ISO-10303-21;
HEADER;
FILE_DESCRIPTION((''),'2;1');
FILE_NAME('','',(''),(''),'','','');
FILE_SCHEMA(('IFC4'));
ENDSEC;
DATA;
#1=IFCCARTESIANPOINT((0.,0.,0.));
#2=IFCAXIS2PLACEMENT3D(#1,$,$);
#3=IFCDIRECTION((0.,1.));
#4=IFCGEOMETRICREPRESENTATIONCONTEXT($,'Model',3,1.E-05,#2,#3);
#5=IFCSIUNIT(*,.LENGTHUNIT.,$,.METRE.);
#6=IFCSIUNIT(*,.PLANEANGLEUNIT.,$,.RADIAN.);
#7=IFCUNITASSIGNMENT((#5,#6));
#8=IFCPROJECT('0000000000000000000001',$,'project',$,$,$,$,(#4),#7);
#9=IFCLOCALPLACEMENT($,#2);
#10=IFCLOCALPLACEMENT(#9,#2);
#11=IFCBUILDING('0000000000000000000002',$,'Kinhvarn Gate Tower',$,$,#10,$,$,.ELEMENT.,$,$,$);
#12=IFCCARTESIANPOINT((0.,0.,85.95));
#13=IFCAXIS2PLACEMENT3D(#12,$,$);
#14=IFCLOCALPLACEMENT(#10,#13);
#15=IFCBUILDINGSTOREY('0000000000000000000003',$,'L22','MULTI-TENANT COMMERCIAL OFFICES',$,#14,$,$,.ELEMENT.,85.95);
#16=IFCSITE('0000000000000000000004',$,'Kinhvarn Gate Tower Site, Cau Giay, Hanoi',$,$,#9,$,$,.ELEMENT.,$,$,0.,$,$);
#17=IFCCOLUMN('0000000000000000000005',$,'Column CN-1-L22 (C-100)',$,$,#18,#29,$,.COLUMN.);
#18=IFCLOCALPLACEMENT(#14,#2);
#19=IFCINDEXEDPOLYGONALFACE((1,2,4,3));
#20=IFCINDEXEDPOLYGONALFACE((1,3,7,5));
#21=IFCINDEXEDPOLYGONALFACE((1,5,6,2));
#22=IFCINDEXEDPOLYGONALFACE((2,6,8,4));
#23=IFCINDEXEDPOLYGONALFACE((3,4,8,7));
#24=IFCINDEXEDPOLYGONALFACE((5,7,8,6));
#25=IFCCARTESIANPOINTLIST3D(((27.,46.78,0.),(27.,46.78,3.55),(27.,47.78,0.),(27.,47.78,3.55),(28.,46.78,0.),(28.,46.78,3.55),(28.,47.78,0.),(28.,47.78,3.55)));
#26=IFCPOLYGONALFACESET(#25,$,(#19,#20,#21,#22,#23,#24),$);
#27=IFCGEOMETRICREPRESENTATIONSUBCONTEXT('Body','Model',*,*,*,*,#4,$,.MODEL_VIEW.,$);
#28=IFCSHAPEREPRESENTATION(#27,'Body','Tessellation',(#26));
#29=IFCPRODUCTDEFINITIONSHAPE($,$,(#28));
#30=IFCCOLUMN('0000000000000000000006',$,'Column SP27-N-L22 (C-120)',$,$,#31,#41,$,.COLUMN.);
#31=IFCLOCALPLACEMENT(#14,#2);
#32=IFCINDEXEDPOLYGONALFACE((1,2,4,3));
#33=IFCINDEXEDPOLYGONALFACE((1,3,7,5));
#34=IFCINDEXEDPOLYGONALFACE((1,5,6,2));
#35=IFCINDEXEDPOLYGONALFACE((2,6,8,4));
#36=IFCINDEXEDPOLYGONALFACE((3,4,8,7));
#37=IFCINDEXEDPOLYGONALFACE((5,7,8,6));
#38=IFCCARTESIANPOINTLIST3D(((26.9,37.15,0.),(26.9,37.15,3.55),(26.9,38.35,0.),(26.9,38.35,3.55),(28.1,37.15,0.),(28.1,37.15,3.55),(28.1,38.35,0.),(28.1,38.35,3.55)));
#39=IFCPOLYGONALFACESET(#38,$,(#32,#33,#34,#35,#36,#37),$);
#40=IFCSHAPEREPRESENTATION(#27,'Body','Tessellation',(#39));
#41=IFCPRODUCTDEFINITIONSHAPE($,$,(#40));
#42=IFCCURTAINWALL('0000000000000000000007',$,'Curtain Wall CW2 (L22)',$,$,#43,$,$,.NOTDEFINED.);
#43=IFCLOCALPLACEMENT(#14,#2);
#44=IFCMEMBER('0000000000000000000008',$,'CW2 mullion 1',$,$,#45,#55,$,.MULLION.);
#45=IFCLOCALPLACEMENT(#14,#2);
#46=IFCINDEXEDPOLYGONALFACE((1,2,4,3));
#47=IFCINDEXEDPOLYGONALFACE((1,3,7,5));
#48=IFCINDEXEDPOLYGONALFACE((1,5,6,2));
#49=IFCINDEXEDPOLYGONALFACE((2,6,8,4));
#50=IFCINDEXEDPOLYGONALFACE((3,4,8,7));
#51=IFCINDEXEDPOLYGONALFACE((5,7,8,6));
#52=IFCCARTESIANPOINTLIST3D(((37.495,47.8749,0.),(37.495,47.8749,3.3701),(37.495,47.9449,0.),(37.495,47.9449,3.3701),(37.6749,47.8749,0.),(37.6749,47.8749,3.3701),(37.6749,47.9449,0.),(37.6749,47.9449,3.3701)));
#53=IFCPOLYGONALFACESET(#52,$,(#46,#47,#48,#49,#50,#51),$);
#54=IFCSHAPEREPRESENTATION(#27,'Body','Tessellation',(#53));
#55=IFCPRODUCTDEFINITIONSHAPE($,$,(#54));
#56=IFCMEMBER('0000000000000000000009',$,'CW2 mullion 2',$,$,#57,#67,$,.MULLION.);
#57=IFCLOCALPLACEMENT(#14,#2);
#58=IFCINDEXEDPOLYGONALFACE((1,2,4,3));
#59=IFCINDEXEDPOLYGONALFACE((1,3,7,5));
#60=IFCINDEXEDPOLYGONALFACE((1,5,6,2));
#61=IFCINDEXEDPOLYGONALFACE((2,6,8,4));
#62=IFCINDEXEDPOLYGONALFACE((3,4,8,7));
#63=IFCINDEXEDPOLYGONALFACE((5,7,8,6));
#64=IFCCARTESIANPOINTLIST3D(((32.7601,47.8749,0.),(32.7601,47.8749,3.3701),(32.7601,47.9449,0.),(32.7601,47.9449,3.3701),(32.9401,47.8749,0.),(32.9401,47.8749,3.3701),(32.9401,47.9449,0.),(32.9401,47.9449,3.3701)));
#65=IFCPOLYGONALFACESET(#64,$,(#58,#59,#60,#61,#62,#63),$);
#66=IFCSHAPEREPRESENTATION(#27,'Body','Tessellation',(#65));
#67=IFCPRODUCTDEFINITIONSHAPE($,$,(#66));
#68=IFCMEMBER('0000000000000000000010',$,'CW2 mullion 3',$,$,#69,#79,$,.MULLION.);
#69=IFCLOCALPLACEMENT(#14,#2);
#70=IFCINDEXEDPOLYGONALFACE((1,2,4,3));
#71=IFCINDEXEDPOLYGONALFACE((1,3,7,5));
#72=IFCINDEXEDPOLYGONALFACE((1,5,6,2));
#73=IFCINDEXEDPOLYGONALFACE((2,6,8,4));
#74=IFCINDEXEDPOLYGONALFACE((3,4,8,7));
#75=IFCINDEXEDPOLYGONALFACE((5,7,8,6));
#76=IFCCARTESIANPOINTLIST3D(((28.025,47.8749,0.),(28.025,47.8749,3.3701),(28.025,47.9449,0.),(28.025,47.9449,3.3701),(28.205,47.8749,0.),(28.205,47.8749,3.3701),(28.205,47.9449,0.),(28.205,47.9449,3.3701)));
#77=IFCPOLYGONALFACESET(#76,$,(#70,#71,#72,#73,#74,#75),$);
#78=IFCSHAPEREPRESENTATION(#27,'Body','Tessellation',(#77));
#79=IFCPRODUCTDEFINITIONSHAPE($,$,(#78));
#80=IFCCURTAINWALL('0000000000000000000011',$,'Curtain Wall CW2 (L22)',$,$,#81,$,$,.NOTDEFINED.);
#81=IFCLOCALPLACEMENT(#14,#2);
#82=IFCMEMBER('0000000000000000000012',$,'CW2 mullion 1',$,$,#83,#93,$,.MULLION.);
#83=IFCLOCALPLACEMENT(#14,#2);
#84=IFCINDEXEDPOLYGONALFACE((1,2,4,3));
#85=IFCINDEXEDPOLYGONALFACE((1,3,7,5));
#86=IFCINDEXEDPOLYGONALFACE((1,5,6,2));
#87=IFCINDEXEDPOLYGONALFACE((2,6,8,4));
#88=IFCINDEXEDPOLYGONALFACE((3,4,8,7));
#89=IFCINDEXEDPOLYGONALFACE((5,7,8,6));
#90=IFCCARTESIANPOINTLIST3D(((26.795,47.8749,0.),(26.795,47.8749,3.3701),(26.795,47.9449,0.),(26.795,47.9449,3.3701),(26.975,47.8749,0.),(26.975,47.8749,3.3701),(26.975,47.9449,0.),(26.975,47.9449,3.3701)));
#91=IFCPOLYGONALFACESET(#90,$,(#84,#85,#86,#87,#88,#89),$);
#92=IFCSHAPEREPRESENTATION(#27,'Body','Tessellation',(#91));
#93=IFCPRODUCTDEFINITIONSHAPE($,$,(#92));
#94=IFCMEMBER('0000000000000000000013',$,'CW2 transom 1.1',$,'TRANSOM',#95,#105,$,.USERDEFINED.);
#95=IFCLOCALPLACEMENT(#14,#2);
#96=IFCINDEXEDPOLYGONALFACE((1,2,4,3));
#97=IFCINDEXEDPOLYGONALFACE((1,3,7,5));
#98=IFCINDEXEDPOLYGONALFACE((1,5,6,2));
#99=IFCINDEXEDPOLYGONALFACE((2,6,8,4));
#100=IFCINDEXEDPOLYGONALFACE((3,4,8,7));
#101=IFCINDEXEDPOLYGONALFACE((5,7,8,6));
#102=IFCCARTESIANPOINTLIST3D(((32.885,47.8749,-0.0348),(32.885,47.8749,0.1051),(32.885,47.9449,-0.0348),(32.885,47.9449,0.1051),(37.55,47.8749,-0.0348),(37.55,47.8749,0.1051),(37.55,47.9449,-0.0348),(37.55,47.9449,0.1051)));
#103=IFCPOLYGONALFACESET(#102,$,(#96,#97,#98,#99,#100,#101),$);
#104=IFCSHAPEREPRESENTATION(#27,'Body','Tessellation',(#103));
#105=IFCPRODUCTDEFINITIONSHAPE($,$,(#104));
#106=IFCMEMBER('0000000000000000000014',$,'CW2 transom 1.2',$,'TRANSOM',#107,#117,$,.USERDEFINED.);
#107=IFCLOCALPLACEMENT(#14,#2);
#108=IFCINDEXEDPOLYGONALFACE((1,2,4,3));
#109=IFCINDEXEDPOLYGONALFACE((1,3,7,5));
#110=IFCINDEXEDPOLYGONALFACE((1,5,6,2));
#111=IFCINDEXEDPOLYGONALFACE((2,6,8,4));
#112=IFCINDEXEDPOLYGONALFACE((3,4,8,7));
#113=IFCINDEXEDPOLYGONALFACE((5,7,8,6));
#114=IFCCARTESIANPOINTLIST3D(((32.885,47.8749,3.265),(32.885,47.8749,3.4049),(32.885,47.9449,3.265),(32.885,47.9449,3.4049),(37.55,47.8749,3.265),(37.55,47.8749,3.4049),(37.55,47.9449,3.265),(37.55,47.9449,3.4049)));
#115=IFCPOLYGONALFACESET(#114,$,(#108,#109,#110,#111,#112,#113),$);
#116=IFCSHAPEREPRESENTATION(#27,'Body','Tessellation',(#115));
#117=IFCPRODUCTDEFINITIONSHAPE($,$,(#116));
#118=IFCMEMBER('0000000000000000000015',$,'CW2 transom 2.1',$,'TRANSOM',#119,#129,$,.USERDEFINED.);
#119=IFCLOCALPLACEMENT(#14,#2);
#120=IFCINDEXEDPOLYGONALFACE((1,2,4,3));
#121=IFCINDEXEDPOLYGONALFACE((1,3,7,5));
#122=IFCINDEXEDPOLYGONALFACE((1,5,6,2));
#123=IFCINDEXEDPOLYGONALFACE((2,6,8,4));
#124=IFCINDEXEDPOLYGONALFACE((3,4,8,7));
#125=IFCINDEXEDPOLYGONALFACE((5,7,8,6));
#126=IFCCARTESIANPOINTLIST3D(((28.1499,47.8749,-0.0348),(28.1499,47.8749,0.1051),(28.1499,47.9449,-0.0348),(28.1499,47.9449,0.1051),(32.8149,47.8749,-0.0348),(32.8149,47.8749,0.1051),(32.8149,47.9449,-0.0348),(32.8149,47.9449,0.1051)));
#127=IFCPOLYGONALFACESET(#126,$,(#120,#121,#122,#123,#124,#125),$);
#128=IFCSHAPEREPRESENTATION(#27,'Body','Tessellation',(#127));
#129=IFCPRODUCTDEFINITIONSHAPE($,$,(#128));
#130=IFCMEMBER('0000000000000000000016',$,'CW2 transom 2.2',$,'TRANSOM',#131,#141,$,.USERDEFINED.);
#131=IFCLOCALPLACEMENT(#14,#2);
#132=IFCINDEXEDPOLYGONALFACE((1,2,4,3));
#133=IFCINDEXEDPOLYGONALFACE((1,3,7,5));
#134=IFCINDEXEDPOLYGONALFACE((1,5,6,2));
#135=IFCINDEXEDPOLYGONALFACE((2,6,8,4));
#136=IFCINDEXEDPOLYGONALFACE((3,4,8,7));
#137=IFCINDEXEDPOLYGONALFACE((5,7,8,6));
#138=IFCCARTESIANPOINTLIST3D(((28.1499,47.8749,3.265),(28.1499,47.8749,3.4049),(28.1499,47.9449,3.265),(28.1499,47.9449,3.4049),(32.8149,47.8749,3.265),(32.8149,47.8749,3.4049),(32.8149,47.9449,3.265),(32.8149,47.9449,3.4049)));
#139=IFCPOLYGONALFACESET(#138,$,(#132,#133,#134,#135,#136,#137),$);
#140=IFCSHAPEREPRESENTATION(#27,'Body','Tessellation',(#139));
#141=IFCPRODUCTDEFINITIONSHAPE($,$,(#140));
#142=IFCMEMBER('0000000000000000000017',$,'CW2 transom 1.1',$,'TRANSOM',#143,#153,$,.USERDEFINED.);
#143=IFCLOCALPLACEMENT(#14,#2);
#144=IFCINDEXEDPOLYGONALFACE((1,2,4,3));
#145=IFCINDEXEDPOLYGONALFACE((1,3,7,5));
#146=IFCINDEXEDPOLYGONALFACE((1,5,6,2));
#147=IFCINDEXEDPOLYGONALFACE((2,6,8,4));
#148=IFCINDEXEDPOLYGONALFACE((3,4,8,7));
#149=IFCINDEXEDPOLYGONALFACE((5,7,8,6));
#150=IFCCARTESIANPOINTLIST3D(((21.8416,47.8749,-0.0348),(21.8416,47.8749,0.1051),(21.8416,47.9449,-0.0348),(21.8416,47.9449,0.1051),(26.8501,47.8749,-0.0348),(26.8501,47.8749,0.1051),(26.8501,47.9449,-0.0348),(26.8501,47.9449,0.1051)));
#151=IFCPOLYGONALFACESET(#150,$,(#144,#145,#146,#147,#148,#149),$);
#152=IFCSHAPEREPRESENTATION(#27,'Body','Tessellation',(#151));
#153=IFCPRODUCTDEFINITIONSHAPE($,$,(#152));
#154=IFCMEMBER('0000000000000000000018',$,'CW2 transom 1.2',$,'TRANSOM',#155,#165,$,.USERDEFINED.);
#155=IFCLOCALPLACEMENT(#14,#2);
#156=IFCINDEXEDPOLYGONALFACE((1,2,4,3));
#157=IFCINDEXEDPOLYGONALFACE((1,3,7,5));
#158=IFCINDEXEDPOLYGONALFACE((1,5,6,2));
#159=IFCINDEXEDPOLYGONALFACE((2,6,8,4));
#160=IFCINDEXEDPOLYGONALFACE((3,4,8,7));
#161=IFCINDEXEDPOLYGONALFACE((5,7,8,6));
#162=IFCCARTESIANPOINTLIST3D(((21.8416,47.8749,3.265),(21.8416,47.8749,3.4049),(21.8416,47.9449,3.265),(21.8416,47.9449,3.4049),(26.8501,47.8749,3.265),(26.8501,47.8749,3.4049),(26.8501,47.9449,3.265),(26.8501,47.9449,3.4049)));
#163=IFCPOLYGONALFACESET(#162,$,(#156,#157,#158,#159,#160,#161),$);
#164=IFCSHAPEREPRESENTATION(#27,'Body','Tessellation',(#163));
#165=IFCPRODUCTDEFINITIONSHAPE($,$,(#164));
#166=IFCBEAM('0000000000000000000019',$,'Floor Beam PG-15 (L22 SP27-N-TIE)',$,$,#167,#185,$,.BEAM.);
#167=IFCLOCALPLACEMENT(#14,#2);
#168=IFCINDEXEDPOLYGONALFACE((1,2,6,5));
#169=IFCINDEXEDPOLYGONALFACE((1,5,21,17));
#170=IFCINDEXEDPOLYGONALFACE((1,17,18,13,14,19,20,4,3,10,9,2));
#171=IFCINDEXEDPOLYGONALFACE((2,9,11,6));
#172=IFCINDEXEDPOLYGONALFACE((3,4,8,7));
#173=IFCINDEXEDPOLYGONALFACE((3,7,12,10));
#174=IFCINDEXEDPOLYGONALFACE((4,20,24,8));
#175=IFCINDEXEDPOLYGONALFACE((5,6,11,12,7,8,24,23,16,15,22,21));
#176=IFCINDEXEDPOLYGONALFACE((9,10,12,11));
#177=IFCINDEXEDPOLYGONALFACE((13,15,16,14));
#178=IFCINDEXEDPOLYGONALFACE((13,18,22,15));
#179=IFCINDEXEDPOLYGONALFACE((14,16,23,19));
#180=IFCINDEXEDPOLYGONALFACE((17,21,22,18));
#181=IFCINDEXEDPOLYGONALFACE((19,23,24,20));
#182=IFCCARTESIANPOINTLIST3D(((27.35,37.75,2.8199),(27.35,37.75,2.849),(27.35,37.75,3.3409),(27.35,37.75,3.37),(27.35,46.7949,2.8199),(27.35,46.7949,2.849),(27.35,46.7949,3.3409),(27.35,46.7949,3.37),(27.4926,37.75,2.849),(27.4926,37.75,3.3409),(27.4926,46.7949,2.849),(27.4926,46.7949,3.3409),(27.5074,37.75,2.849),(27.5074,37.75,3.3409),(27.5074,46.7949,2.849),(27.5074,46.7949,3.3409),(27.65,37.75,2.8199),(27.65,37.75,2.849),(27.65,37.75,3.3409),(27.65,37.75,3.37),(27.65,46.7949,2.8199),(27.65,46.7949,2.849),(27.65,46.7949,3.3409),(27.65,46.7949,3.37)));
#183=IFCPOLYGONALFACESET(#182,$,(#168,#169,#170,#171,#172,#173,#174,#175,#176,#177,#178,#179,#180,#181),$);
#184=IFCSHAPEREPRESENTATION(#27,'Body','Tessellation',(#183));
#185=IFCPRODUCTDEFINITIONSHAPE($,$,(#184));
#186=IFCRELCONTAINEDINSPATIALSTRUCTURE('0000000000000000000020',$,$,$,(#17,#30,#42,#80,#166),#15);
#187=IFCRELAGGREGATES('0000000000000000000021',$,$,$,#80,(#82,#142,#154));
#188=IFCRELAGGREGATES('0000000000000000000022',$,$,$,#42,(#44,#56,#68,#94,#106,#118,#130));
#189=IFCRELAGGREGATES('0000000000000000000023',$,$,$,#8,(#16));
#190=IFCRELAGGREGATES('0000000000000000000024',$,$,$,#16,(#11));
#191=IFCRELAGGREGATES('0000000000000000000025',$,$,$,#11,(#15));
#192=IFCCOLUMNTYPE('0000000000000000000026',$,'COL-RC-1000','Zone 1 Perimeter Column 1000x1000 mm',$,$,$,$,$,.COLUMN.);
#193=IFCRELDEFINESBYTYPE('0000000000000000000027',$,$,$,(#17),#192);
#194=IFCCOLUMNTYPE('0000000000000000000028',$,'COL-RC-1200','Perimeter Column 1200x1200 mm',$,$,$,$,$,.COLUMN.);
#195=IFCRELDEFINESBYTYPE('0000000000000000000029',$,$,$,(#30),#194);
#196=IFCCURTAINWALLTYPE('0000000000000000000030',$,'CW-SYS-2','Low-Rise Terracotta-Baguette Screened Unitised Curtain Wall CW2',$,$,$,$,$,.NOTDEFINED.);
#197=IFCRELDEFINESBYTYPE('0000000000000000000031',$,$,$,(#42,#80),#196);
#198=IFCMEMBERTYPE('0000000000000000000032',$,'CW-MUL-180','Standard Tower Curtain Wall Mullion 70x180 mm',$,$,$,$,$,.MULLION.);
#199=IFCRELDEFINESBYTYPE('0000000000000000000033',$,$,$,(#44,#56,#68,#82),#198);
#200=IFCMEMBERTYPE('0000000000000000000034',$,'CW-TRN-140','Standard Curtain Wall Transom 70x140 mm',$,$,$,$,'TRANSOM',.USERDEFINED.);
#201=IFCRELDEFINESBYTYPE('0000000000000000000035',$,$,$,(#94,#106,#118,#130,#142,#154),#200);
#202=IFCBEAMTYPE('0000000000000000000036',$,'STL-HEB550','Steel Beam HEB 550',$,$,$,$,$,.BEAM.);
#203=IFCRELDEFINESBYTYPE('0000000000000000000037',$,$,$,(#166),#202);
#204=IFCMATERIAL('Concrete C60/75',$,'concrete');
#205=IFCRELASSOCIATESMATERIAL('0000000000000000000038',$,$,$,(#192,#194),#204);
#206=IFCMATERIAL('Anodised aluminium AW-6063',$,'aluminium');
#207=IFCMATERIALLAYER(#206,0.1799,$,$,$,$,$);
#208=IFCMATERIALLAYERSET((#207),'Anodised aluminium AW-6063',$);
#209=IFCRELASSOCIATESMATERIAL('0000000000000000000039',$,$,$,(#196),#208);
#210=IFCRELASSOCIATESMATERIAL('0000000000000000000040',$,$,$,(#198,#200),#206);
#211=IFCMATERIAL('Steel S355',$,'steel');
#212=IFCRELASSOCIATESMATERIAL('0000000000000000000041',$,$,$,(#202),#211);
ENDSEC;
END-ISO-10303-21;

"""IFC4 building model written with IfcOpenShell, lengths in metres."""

from ifc_helpers import new_model, si_unit, direction, frame, origin, origin_2d, place, context, subcontext, project, spatial, rectangle, i_section, extrude, material, layer, layer_set, material_profile, profile_set, type_object, element, aggregate, save


model = new_model("IFC4")

# Units and contexts
model_context = context("Model", 3, precision=1e-05, world=origin(), true_north=direction((0.0, 1.0)))
body_context = subcontext(model_context, "Body", "Model", "MODEL_VIEW")
ifc_project = project(units=[si_unit("LENGTHUNIT", "METRE"), si_unit("PLANEANGLEUNIT", "RADIAN")], contexts=[model_context])

# Site, building, storey
site_placement = place(None, origin())
site = spatial("IfcSite", under=ifc_project, at=site_placement, Name="Kinhvarn Gate Tower Site, Cau Giay, Hanoi", CompositionType="ELEMENT", RefElevation=0.0)
building_placement = place(site_placement, origin())
building = spatial("IfcBuilding", under=site, at=building_placement, Name="Kinhvarn Gate Tower", CompositionType="ELEMENT")
storey_placement = place(building_placement, frame((0.0, 0.0, 85.95)))
storey = spatial("IfcBuildingStorey", under=building, at=storey_placement, Name="L22", Description="MULTI-TENANT COMMERCIAL OFFICES", CompositionType="ELEMENT", Elevation=85.95)

# Columns
ifc_material_1 = material(Name="Concrete C60/75", Category="concrete")
ifc_material_profile_1 = material_profile(ifc_material_1, rectangle(XDim=1.0, YDim=1.0, at=origin_2d()), Name="RC 1000x1000")
ifc_profile_set_1 = profile_set([ifc_material_profile_1], Name="Concrete C60/75")
column_type_1 = type_object("IfcColumnType", Name="COL-RC-1000", Description="Zone 1 Perimeter Column 1000x1000 mm", PredefinedType="COLUMN", material=ifc_profile_set_1)
column_1_placement = place(storey_placement, frame((27.5, 47.28, 0.0), z_axis=(0.0, 0.0, 1.0), x_axis=(1.0, 0.0, 0.0)))
element("IfcColumn", 1, at=column_1_placement, inside=storey, type_object=column_type_1, Name="Column CN-1-L22 (C-100)", PredefinedType="COLUMN", context=body_context, shape_type="SweptSolid", body=[
    extrude(rectangle(XDim=1.0, YDim=1.0, at=origin_2d()), origin(), (0.0, 0.0, 1.0), 3.55),
])
ifc_material_profile_2 = material_profile(ifc_material_1, rectangle(XDim=1.2, YDim=1.2, at=origin_2d()), Name="RC 1200x1200")
ifc_profile_set_2 = profile_set([ifc_material_profile_2], Name="Concrete C60/75")
column_type_2 = type_object("IfcColumnType", Name="COL-RC-1200", Description="Perimeter Column 1200x1200 mm", PredefinedType="COLUMN", material=ifc_profile_set_2)
column_2_placement = place(storey_placement, frame((27.5, 37.75, 0.0), z_axis=(0.0, 0.0, 1.0), x_axis=(1.0, 0.0, 0.0)))
element("IfcColumn", 2, at=column_2_placement, inside=storey, type_object=column_type_2, Name="Column SP27-N-L22 (C-120)", PredefinedType="COLUMN", context=body_context, shape_type="SweptSolid", body=[
    extrude(rectangle(XDim=1.2, YDim=1.2, at=origin_2d()), origin(), (0.0, 0.0, 1.0), 3.55),
])

# Curtain wall, members
ifc_material_2 = material(Name="Anodised aluminium AW-6063", Category="aluminium")
ifc_layer_1 = layer(ifc_material_2, 0.1799)
ifc_layer_set_1 = layer_set([ifc_layer_1], Name="Anodised aluminium AW-6063")
curtain_wall_type = type_object("IfcCurtainWallType", Name="CW-SYS-2", Description="Low-Rise Terracotta-Baguette Screened Unitised Curtain Wall CW2", PredefinedType="NOTDEFINED", material=ifc_layer_set_1)
curtain_wall_1_placement = place(storey_placement, origin())
curtain_wall_1 = element("IfcCurtainWall", 3, at=curtain_wall_1_placement, inside=storey, type_object=curtain_wall_type, Name="Curtain Wall CW2 (L22)", PredefinedType="NOTDEFINED")
ifc_material_profile_3 = material_profile(ifc_material_2, rectangle(XDim=0.0701, YDim=0.1799, at=origin_2d()), Name="ALU 70x180")
ifc_profile_set_3 = profile_set([ifc_material_profile_3], Name="Anodised aluminium AW-6063")
member_type_1 = type_object("IfcMemberType", Name="CW-MUL-180", Description="Standard Tower Curtain Wall Mullion 70x180 mm", PredefinedType="MULLION", material=ifc_profile_set_3)
member_1_placement = place(storey_placement, frame((37.585, 47.9099, 0.0), z_axis=(0.0, 0.0, 1.0), x_axis=(0.0, -1.0, 0.0)))
member_1 = element("IfcMember", 4, at=member_1_placement, type_object=member_type_1, Name="CW2 mullion 1", PredefinedType="MULLION", context=body_context, shape_type="SweptSolid", body=[
    extrude(rectangle(XDim=0.0701, YDim=0.1799, at=origin_2d()), origin(), (0.0, 0.0, 1.0), 3.3701),
])
member_2_placement = place(storey_placement, frame((32.8501, 47.9099, 0.0), z_axis=(0.0, 0.0, 1.0), x_axis=(0.0, -1.0, 0.0)))
member_2 = element("IfcMember", 5, at=member_2_placement, type_object=member_type_1, Name="CW2 mullion 2", PredefinedType="MULLION", context=body_context, shape_type="SweptSolid", body=[
    extrude(rectangle(XDim=0.0701, YDim=0.1799, at=origin_2d()), origin(), (0.0, 0.0, 1.0), 3.3701),
])
member_3_placement = place(storey_placement, frame((28.115, 47.9099, 0.0), z_axis=(0.0, 0.0, 1.0), x_axis=(0.0, -1.0, 0.0)))
member_3 = element("IfcMember", 6, at=member_3_placement, type_object=member_type_1, Name="CW2 mullion 3", PredefinedType="MULLION", context=body_context, shape_type="SweptSolid", body=[
    extrude(rectangle(XDim=0.0701, YDim=0.1799, at=origin_2d()), origin(), (0.0, 0.0, 1.0), 3.3701),
])

# Curtain wall, member
curtain_wall_2_placement = place(storey_placement, origin())
curtain_wall_2 = element("IfcCurtainWall", 7, at=curtain_wall_2_placement, inside=storey, type_object=curtain_wall_type, Name="Curtain Wall CW2 (L22)", PredefinedType="NOTDEFINED")
member_4_placement = place(storey_placement, frame((26.885, 47.9099, 0.0), z_axis=(0.0, 0.0, 1.0), x_axis=(0.0, -1.0, 0.0)))
member_4 = element("IfcMember", 8, at=member_4_placement, type_object=member_type_1, Name="CW2 mullion 1", PredefinedType="MULLION", context=body_context, shape_type="SweptSolid", body=[
    extrude(rectangle(XDim=0.0701, YDim=0.1799, at=origin_2d()), origin(), (0.0, 0.0, 1.0), 3.3701),
])

# Members
ifc_material_profile_4 = material_profile(ifc_material_2, rectangle(XDim=0.0701, YDim=0.1399, at=origin_2d()), Name="ALU 70x140")
ifc_profile_set_4 = profile_set([ifc_material_profile_4], Name="Anodised aluminium AW-6063")
member_type_2 = type_object("IfcMemberType", Name="CW-TRN-140", Description="Standard Curtain Wall Transom 70x140 mm", ElementType="TRANSOM", PredefinedType="USERDEFINED", material=ifc_profile_set_4)
member_5_placement = place(storey_placement, frame((37.55, 47.9099, 0.0352), z_axis=(-1.0, 0.0, 0.0), x_axis=(0.0, -1.0, 0.0)))
member_5 = element("IfcMember", 9, at=member_5_placement, type_object=member_type_2, Name="CW2 transom 1.1", ObjectType="TRANSOM", PredefinedType="USERDEFINED", context=body_context, shape_type="SweptSolid", body=[
    extrude(rectangle(XDim=0.0701, YDim=0.1399, at=origin_2d()), origin(), (0.0, 0.0, 1.0), 4.665),
])
member_6_placement = place(storey_placement, frame((37.55, 47.9099, 3.335), z_axis=(-1.0, 0.0, 0.0), x_axis=(0.0, -1.0, 0.0)))
member_6 = element("IfcMember", 10, at=member_6_placement, type_object=member_type_2, Name="CW2 transom 1.2", ObjectType="TRANSOM", PredefinedType="USERDEFINED", context=body_context, shape_type="SweptSolid", body=[
    extrude(rectangle(XDim=0.0701, YDim=0.1399, at=origin_2d()), origin(), (0.0, 0.0, 1.0), 4.665),
])
member_7_placement = place(storey_placement, frame((32.8149, 47.9099, 0.0352), z_axis=(-1.0, 0.0, 0.0), x_axis=(0.0, -1.0, 0.0)))
member_7 = element("IfcMember", 11, at=member_7_placement, type_object=member_type_2, Name="CW2 transom 2.1", ObjectType="TRANSOM", PredefinedType="USERDEFINED", context=body_context, shape_type="SweptSolid", body=[
    extrude(rectangle(XDim=0.0701, YDim=0.1399, at=origin_2d()), origin(), (0.0, 0.0, 1.0), 4.665),
])
member_8_placement = place(storey_placement, frame((32.8149, 47.9099, 3.335), z_axis=(-1.0, 0.0, 0.0), x_axis=(0.0, -1.0, 0.0)))
member_8 = element("IfcMember", 12, at=member_8_placement, type_object=member_type_2, Name="CW2 transom 2.2", ObjectType="TRANSOM", PredefinedType="USERDEFINED", context=body_context, shape_type="SweptSolid", body=[
    extrude(rectangle(XDim=0.0701, YDim=0.1399, at=origin_2d()), origin(), (0.0, 0.0, 1.0), 4.665),
])
member_9_placement = place(storey_placement, frame((26.8501, 47.9099, 0.0352), z_axis=(-1.0, 0.0, 0.0), x_axis=(0.0, -1.0, 0.0)))
member_9 = element("IfcMember", 13, at=member_9_placement, type_object=member_type_2, Name="CW2 transom 1.1", ObjectType="TRANSOM", PredefinedType="USERDEFINED", context=body_context, shape_type="SweptSolid", body=[
    extrude(rectangle(XDim=0.0701, YDim=0.1399, at=origin_2d()), origin(), (0.0, 0.0, 1.0), 5.0085),
])
member_10_placement = place(storey_placement, frame((26.8501, 47.9099, 3.335), z_axis=(-1.0, 0.0, 0.0), x_axis=(0.0, -1.0, 0.0)))
member_10 = element("IfcMember", 14, at=member_10_placement, type_object=member_type_2, Name="CW2 transom 1.2", ObjectType="TRANSOM", PredefinedType="USERDEFINED", context=body_context, shape_type="SweptSolid", body=[
    extrude(rectangle(XDim=0.0701, YDim=0.1399, at=origin_2d()), origin(), (0.0, 0.0, 1.0), 5.0085),
])
aggregate(curtain_wall_2, [member_4, member_9, member_10])

# Beam
ifc_material_3 = material(Name="Steel S355", Category="steel")
ifc_material_profile_5 = material_profile(ifc_material_3, i_section(OverallWidth=0.3, OverallDepth=0.55, WebThickness=0.0149, FlangeThickness=0.0291, at=origin_2d()), Name="HEB 550")
ifc_profile_set_5 = profile_set([ifc_material_profile_5], Name="Steel S355")
beam_type_1 = type_object("IfcBeamType", Name="STL-HEB550", Description="Steel Beam HEB 550", PredefinedType="BEAM", material=ifc_profile_set_5)
beam_1_placement = place(storey_placement, frame((27.5, 37.75, 3.095), z_axis=(0.0, 1.0, 0.0), x_axis=(-1.0, 0.0, 0.0)))
element("IfcBeam", 15, at=beam_1_placement, inside=storey, type_object=beam_type_1, Name="Floor Beam PG-15 (L22 SP27-N-TIE)", PredefinedType="BEAM", context=body_context, shape_type="SweptSolid", body=[
    extrude(i_section(OverallWidth=0.3, OverallDepth=0.55, WebThickness=0.0149, FlangeThickness=0.0291, at=origin_2d()), origin(), (0.0, 0.0, 1.0), 9.0449),
])

aggregate(curtain_wall_1, [member_1, member_2, member_3, member_5, member_6, member_7, member_8])

save(model, "model.ifc")
